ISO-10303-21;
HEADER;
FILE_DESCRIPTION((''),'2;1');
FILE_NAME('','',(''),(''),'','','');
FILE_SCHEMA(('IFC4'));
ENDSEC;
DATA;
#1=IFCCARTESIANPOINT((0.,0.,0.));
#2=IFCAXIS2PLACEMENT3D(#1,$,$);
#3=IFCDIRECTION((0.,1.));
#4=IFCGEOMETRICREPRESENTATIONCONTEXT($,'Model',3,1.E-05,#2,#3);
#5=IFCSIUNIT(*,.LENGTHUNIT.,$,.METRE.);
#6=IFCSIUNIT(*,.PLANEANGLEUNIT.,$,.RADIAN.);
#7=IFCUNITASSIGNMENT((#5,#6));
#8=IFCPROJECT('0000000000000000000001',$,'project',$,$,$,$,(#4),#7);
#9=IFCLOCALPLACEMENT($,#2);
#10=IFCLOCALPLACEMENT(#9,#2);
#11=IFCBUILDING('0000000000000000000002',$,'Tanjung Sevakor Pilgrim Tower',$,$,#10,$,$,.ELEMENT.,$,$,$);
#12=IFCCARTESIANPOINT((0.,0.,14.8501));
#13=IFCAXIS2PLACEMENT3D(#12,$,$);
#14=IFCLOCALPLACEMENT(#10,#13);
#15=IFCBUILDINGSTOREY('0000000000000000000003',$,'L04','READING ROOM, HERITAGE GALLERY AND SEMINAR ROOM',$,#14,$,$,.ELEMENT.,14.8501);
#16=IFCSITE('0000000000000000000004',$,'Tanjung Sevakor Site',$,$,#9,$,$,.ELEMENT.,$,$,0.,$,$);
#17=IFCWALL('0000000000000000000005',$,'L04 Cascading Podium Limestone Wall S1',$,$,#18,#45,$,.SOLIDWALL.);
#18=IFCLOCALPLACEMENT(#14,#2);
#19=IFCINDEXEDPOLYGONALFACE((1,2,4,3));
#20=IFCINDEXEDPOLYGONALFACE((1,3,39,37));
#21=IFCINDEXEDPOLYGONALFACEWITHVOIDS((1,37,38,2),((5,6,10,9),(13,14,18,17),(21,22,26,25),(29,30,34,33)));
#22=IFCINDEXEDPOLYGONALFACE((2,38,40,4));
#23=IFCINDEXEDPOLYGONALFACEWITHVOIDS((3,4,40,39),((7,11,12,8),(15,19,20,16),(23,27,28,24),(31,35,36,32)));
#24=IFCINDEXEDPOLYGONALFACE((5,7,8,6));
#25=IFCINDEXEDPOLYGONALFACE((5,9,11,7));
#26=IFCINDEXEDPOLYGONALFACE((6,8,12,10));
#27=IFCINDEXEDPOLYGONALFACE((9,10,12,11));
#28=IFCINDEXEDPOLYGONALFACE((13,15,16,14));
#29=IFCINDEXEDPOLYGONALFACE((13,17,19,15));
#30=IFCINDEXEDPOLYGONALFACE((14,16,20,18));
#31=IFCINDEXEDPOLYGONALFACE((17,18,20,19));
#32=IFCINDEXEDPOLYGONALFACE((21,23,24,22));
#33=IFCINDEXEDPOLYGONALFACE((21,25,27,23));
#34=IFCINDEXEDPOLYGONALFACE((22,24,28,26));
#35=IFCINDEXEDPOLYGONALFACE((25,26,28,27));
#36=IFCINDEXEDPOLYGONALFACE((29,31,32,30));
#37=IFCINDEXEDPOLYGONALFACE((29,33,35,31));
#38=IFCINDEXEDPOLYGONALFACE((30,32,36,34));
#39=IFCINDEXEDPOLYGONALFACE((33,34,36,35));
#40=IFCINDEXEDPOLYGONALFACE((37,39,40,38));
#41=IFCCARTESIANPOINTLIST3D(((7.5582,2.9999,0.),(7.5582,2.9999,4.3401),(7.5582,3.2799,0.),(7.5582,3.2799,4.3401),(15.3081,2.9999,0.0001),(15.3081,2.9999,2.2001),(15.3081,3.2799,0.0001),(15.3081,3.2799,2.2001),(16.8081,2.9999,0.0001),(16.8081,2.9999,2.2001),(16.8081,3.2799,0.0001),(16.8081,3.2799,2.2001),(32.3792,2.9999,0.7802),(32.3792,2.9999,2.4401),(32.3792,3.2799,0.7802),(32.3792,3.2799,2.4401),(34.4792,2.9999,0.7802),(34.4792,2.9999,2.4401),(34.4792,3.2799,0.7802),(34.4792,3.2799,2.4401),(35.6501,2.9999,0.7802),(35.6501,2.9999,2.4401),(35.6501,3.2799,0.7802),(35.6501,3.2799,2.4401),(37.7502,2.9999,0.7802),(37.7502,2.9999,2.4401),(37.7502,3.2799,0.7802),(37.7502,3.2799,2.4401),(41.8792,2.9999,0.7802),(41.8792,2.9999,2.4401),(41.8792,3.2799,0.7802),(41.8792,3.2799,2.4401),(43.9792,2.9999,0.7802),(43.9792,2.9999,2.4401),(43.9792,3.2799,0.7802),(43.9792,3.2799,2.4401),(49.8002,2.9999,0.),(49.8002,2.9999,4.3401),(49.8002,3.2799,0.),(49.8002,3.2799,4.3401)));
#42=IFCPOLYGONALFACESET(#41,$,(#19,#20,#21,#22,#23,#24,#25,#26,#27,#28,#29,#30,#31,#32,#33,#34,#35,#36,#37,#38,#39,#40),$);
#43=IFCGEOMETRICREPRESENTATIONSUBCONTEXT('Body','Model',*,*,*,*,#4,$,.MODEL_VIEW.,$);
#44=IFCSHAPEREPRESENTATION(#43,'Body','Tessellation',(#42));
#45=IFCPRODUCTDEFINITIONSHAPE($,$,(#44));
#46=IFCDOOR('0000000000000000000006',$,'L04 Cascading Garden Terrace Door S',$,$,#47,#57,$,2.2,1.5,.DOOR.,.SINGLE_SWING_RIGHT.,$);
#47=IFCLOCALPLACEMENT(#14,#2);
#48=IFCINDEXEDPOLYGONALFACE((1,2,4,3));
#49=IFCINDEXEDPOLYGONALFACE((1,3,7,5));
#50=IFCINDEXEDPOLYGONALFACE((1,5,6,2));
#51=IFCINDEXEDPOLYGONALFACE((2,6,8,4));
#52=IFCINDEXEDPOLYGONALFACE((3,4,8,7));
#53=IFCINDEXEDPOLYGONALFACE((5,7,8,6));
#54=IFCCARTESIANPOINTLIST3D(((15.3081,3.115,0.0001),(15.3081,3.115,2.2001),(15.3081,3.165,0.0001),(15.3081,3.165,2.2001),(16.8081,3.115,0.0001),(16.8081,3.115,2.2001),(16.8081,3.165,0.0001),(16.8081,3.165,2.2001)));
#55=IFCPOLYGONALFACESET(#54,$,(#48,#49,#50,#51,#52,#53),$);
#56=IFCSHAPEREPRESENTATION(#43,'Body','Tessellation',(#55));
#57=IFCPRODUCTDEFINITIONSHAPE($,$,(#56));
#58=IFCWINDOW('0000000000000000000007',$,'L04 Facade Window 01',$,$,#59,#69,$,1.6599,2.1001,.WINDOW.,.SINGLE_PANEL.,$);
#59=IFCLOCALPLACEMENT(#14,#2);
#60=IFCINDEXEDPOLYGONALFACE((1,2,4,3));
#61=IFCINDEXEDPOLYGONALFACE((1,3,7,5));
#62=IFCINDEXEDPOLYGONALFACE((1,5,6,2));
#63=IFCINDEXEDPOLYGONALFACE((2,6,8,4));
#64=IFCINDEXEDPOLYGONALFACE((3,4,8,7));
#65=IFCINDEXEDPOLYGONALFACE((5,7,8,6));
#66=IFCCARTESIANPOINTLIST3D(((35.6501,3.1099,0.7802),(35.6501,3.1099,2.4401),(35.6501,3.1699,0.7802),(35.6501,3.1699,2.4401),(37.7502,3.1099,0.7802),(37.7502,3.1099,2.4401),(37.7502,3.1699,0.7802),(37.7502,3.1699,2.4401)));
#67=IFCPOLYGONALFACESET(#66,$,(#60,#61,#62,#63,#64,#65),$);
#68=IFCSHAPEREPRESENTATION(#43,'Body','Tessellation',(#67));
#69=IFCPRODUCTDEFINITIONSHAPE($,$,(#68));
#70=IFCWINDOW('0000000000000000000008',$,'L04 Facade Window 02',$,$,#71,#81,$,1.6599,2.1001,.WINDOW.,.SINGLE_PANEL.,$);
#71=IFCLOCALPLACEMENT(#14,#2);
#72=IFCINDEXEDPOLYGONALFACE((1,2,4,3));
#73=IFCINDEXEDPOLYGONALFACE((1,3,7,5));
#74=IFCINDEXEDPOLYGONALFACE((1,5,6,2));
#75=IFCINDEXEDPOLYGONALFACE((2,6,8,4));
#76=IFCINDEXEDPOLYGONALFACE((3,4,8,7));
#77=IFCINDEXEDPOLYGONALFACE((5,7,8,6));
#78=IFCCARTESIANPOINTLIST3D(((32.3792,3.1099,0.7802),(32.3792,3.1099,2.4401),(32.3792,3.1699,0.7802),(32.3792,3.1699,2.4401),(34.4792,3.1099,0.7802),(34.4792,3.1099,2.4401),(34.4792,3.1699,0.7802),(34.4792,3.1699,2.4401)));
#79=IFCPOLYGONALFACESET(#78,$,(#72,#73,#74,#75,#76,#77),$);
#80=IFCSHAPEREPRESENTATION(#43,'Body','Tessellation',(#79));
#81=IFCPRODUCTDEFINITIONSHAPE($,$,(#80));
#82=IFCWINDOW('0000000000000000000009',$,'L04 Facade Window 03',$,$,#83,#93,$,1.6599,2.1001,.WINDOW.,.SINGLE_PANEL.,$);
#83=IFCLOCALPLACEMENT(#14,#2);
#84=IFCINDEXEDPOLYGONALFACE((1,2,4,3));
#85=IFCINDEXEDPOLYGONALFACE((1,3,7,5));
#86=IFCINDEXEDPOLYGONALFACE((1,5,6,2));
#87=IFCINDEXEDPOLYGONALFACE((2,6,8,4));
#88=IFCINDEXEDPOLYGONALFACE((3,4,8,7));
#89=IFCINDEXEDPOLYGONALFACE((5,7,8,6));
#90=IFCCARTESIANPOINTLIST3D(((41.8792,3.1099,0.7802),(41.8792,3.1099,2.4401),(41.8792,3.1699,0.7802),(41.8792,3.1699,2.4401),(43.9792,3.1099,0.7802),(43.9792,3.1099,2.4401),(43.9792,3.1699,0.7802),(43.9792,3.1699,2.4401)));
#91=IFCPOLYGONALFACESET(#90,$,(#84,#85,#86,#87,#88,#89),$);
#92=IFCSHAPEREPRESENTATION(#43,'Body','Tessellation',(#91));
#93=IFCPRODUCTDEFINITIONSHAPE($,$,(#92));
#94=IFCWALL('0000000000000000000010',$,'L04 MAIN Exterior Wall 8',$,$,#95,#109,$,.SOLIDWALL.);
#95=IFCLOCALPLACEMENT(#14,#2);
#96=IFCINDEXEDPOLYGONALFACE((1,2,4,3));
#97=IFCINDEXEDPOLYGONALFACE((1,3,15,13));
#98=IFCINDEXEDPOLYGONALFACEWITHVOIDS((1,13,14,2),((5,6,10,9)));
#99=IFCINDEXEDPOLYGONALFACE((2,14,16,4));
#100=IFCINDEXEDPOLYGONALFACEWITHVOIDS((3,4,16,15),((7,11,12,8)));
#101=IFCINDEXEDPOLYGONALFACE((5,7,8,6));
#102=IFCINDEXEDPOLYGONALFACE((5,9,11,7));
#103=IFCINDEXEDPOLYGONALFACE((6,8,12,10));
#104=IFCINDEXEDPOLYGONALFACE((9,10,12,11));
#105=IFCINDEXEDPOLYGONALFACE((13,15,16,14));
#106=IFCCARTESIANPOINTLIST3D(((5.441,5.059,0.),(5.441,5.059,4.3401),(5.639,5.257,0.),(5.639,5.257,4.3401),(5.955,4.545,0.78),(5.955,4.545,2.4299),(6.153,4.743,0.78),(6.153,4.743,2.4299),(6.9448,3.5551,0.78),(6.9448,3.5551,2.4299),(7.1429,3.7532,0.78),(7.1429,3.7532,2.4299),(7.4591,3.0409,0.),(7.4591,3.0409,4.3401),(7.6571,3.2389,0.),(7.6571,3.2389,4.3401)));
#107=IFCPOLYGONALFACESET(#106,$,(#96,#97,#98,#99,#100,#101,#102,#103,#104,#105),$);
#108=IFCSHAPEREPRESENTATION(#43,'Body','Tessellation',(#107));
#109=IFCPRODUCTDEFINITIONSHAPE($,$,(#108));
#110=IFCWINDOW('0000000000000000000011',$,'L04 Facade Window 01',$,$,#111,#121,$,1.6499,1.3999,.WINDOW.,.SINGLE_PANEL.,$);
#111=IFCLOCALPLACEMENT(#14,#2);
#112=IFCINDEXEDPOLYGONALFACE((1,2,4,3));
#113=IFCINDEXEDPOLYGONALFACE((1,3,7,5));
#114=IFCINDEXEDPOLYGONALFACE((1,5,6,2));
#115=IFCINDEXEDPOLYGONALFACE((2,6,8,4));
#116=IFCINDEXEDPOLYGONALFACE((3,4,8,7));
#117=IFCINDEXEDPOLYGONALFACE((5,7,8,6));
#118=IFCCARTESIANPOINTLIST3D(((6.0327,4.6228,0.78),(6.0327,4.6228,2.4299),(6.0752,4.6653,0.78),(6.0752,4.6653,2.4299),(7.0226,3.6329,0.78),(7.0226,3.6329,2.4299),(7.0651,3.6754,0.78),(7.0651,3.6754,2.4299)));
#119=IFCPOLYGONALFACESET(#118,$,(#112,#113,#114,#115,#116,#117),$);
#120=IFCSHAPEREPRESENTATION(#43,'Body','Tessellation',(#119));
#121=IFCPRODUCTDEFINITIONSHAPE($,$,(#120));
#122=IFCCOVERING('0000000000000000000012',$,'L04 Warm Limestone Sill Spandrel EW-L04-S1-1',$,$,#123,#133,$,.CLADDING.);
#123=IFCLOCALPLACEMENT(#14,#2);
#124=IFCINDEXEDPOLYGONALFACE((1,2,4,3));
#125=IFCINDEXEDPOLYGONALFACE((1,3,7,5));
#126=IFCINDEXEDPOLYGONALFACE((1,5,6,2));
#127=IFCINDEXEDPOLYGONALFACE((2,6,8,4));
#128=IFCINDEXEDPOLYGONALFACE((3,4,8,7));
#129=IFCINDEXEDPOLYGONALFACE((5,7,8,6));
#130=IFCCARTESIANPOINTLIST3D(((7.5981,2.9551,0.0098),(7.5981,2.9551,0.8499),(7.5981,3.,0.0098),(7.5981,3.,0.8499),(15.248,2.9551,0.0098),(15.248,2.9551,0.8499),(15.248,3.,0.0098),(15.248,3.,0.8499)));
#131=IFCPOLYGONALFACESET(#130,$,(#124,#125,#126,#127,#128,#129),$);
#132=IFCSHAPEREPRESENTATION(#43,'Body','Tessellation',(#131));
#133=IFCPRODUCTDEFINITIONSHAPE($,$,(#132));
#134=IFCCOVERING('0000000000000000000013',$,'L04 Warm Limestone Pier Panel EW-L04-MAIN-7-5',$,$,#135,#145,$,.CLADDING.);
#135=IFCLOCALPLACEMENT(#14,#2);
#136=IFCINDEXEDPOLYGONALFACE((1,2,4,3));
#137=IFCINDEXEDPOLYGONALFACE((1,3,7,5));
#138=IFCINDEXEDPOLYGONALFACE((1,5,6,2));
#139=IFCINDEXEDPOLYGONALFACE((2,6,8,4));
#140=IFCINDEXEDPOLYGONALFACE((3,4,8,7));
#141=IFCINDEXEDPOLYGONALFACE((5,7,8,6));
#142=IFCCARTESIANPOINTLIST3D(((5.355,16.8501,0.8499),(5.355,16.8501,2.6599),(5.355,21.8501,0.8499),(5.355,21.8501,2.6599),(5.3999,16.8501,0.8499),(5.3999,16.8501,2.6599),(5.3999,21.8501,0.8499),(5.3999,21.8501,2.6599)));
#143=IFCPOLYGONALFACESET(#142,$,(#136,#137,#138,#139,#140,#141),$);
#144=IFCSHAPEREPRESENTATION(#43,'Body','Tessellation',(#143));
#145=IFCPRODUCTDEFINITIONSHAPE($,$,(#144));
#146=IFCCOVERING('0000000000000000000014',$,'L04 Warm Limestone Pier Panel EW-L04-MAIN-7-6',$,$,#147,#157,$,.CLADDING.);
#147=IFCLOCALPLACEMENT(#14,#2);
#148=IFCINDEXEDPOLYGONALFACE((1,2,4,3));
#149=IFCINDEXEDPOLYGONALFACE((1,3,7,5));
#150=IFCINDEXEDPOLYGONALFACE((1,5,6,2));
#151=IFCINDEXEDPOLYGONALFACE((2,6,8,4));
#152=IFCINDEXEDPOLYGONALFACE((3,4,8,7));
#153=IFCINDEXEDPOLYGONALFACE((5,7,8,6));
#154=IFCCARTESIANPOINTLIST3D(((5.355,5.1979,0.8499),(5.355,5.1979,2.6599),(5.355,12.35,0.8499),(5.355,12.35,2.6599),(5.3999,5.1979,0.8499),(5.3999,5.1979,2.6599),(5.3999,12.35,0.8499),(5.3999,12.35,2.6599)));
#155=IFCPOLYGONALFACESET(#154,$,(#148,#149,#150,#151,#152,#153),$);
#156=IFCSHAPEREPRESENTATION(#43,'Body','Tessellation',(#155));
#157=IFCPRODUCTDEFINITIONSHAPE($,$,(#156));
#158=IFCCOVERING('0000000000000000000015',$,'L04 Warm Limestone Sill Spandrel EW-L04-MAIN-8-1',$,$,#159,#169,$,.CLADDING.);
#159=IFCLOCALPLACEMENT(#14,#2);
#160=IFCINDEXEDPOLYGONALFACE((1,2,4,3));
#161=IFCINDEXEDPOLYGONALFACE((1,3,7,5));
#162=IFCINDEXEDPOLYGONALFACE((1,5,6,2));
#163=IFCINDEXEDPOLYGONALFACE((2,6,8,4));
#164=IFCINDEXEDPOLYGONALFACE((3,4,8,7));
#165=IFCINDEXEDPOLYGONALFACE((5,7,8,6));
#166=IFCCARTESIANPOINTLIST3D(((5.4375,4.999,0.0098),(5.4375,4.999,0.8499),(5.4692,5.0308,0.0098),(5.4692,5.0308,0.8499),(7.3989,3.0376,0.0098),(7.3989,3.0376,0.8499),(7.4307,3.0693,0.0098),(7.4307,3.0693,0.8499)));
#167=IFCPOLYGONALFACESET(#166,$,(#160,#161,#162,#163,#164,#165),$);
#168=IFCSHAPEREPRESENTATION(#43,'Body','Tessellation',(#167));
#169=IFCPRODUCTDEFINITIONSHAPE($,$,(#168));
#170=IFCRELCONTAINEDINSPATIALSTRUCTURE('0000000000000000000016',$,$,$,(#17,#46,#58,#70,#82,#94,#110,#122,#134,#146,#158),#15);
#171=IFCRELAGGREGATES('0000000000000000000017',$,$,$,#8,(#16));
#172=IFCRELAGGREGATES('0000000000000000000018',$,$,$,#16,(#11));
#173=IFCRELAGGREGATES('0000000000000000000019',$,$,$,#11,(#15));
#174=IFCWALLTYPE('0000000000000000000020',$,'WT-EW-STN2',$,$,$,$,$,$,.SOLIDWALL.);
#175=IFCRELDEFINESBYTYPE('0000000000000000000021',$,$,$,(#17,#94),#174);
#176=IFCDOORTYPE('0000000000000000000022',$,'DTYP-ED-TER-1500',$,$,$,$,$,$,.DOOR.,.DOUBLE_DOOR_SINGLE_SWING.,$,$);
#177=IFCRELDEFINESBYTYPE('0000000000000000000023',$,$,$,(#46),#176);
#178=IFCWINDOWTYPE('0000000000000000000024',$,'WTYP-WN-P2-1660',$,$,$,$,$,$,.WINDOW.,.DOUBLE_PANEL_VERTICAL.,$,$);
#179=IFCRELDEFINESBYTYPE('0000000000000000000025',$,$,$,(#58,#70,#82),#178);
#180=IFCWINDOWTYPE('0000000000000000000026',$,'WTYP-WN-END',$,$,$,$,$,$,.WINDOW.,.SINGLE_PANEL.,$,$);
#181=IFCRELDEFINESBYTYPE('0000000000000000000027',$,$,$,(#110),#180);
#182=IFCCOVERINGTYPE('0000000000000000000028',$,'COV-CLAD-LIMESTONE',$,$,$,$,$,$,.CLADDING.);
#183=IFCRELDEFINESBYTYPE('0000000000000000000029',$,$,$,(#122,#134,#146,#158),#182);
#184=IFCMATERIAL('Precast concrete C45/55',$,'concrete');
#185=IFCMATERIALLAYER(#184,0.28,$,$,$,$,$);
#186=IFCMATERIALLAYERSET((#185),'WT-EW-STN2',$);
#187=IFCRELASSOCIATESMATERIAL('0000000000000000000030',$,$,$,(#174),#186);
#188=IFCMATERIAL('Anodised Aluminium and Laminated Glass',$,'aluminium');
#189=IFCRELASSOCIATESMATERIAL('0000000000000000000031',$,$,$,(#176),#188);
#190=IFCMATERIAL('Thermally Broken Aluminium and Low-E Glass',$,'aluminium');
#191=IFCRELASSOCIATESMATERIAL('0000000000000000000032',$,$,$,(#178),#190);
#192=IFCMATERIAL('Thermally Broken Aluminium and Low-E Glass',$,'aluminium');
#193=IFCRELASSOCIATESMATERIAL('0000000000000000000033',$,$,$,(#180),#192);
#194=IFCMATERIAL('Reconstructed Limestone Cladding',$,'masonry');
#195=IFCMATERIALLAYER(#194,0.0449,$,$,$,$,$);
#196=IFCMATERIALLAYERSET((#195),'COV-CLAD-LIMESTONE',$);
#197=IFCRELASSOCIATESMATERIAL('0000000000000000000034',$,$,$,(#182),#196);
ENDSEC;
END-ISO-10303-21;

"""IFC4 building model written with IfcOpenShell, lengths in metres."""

from ifc_helpers import new_model, si_unit, direction, frame, frame_2d, origin, origin_2d, place, context, subcontext, project, spatial, rectangle, extrude, material, layer, layer_set, type_object, element, fill, save


model = new_model("IFC4")

# Units and contexts
model_context = context("Model", 3, precision=1e-05, world=origin(), true_north=direction((0.0, 1.0)))
body_context = subcontext(model_context, "Body", "Model", "MODEL_VIEW")
ifc_project = project(units=[si_unit("LENGTHUNIT", "METRE"), si_unit("PLANEANGLEUNIT", "RADIAN")], contexts=[model_context])

# Site, building, storey
site_placement = place(None, origin())
site = spatial("IfcSite", under=ifc_project, at=site_placement, Name="Tanjung Sevakor Site", CompositionType="ELEMENT", RefElevation=0.0)
building_placement = place(site_placement, origin())
building = spatial("IfcBuilding", under=site, at=building_placement, Name="Tanjung Sevakor Pilgrim Tower", CompositionType="ELEMENT")
storey_placement = place(building_placement, frame((0.0, 0.0, 14.8501)))
storey = spatial("IfcBuildingStorey", under=building, at=storey_placement, Name="L04", Description="READING ROOM, HERITAGE GALLERY AND SEMINAR ROOM", CompositionType="ELEMENT", Elevation=14.8501)

# Wall, openings, door, windows
ifc_material_1 = material(Name="Precast concrete C45/55", Category="concrete")
ifc_layer_1 = layer(ifc_material_1, 0.28)
ifc_layer_set_1 = layer_set([ifc_layer_1], Name="WT-EW-STN2")
wall_type_1 = type_object("IfcWallType", Name="WT-EW-STN2", PredefinedType="SOLIDWALL", material=ifc_layer_set_1)
wall_1_placement = place(storey_placement, frame((7.5581, 3.1399, 0.0), z_axis=(0.0, 0.0, 1.0), x_axis=(1.0, 0.0, 0.0)))
wall_1 = element("IfcWall", 1, at=wall_1_placement, inside=storey, type_object=wall_type_1, Name="L04 Cascading Podium Limestone Wall S1", PredefinedType="SOLIDWALL", context=body_context, shape_type="SweptSolid", body=[
    extrude(rectangle(XDim=42.2419, YDim=0.28, at=frame_2d((21.1211, 0.0))), origin(), (0.0, 0.0, 1.0), 4.3401),
])
opening_1_placement = place(wall_1_placement, frame((7.75, 0.0, 0.0)))
opening_1 = element("IfcOpeningElement", 2, at=opening_1_placement, cuts=wall_1, PredefinedType="OPENING", context=body_context, shape_type="SweptSolid", body=[
    extrude(rectangle(XDim=1.5, YDim=2.2, at=frame_2d((0.75, 1.1001))), frame((0.0, 0.1499, 0.0), z_axis=(0.0, -1.0, 0.0), x_axis=(1.0, 0.0, 0.0)), (0.0, 0.0, 1.0), 0.3),
])
opening_2_placement = place(wall_1_placement, frame((28.092, 0.0, 0.78)))
opening_2 = element("IfcOpeningElement", 3, at=opening_2_placement, cuts=wall_1, PredefinedType="OPENING", context=body_context, shape_type="SweptSolid", body=[
    extrude(rectangle(XDim=2.1001, YDim=1.6599, at=frame_2d((1.05, 0.8301))), frame((0.0, 0.1499, 0.0), z_axis=(0.0, -1.0, 0.0), x_axis=(1.0, 0.0, 0.0)), (0.0, 0.0, 1.0), 0.3),
])
opening_3_placement = place(wall_1_placement, frame((24.821, 0.0, 0.78)))
opening_3 = element("IfcOpeningElement", 4, at=opening_3_placement, cuts=wall_1, PredefinedType="OPENING", context=body_context, shape_type="SweptSolid", body=[
    extrude(rectangle(XDim=2.1001, YDim=1.6599, at=frame_2d((1.05, 0.8301))), frame((0.0, 0.1499, 0.0), z_axis=(0.0, -1.0, 0.0), x_axis=(1.0, 0.0, 0.0)), (0.0, 0.0, 1.0), 0.3),
])
opening_4_placement = place(wall_1_placement, frame((34.321, 0.0, 0.78)))
opening_4 = element("IfcOpeningElement", 5, at=opening_4_placement, cuts=wall_1, PredefinedType="OPENING", context=body_context, shape_type="SweptSolid", body=[
    extrude(rectangle(XDim=2.1001, YDim=1.6599, at=frame_2d((1.05, 0.8301))), frame((0.0, 0.1499, 0.0), z_axis=(0.0, -1.0, 0.0), x_axis=(1.0, 0.0, 0.0)), (0.0, 0.0, 1.0), 0.3),
])
ifc_material_2 = material(Name="Anodised Aluminium and Laminated Glass", Category="aluminium")
door_type_1 = type_object("IfcDoorType", Name="DTYP-ED-TER-1500", OperationType="DOUBLE_DOOR_SINGLE_SWING", PredefinedType="DOOR", material=ifc_material_2)
door_1_placement = place(opening_1_placement, frame((1.5, 0.0, 0.0), z_axis=(0.0, 0.0, 1.0), x_axis=(-1.0, 0.0, 0.0)))
door_1 = element("IfcDoor", 6, at=door_1_placement, inside=storey, type_object=door_type_1, Name="L04 Cascading Garden Terrace Door S", OperationType="SINGLE_SWING_RIGHT", OverallHeight=2.2, OverallWidth=1.5, PredefinedType="DOOR", context=body_context, shape_type="SweptSolid", body=[
    extrude(rectangle(XDim=1.5, YDim=2.2, at=frame_2d((0.75, 1.1001))), frame((0.0, 0.0249, 0.0), z_axis=(0.0, -1.0, 0.0), x_axis=(1.0, 0.0, 0.0)), (0.0, 0.0, 1.0), 0.05),
])
fill(opening_1, door_1)
ifc_material_3 = material(Name="Thermally Broken Aluminium and Low-E Glass", Category="aluminium")
window_type_1 = type_object("IfcWindowType", Name="WTYP-WN-P2-1660", PartitioningType="DOUBLE_PANEL_VERTICAL", PredefinedType="WINDOW", material=ifc_material_3)
window_1_placement = place(opening_2_placement, origin())
window_1 = element("IfcWindow", 7, at=window_1_placement, inside=storey, type_object=window_type_1, Name="L04 Facade Window 01", OverallHeight=1.6599, OverallWidth=2.1001, PartitioningType="SINGLE_PANEL", PredefinedType="WINDOW", context=body_context, shape_type="SweptSolid", body=[
    extrude(rectangle(XDim=2.1001, YDim=1.6599, at=frame_2d((1.05, 0.8301))), frame((0.0, 0.03, 0.0), z_axis=(0.0, -1.0, 0.0), x_axis=(1.0, 0.0, 0.0)), (0.0, 0.0, 1.0), 0.0601),
])
fill(opening_2, window_1)
window_2_placement = place(opening_3_placement, origin())
window_2 = element("IfcWindow", 8, at=window_2_placement, inside=storey, type_object=window_type_1, Name="L04 Facade Window 02", OverallHeight=1.6599, OverallWidth=2.1001, PartitioningType="SINGLE_PANEL", PredefinedType="WINDOW", context=body_context, shape_type="SweptSolid", body=[
    extrude(rectangle(XDim=2.1001, YDim=1.6599, at=frame_2d((1.05, 0.8301))), frame((0.0, 0.03, 0.0), z_axis=(0.0, -1.0, 0.0), x_axis=(1.0, 0.0, 0.0)), (0.0, 0.0, 1.0), 0.0601),
])
fill(opening_3, window_2)
window_3_placement = place(opening_4_placement, origin())
window_3 = element("IfcWindow", 9, at=window_3_placement, inside=storey, type_object=window_type_1, Name="L04 Facade Window 03", OverallHeight=1.6599, OverallWidth=2.1001, PartitioningType="SINGLE_PANEL", PredefinedType="WINDOW", context=body_context, shape_type="SweptSolid", body=[
    extrude(rectangle(XDim=2.1001, YDim=1.6599, at=frame_2d((1.05, 0.8301))), frame((0.0, 0.03, 0.0), z_axis=(0.0, -1.0, 0.0), x_axis=(1.0, 0.0, 0.0)), (0.0, 0.0, 1.0), 0.0601),
])
fill(opening_4, window_3)

# Wall, opening, window
wall_2_placement = place(storey_placement, frame((5.54, 5.158, 0.0), z_axis=(0.0, 0.0, 1.0), x_axis=(0.707107, -0.707107, 0.0)))
wall_2 = element("IfcWall", 10, at=wall_2_placement, inside=storey, type_object=wall_type_1, Name="L04 MAIN Exterior Wall 8", PredefinedType="SOLIDWALL", context=body_context, shape_type="SweptSolid", body=[
    extrude(rectangle(XDim=2.854, YDim=0.28, at=frame_2d((1.427, 0.0))), origin(), (0.0, 0.0, 1.0), 4.3401),
])
opening_5_placement = place(wall_2_placement, frame((0.7268, 0.0, 0.78)))
opening_5 = element("IfcOpeningElement", 11, at=opening_5_placement, cuts=wall_2, PredefinedType="OPENING", context=body_context, shape_type="SweptSolid", body=[
    extrude(rectangle(XDim=1.3999, YDim=1.6499, at=frame_2d((0.7, 0.825))), frame((0.0, 0.1499, 0.0), z_axis=(0.0, -1.0, 0.0), x_axis=(1.0, 0.0, 0.0)), (0.0, 0.0, 1.0), 0.3),
])
ifc_material_4 = material(Name="Thermally Broken Aluminium and Low-E Glass", Category="aluminium")
window_type_2 = type_object("IfcWindowType", Name="WTYP-WN-END", PartitioningType="SINGLE_PANEL", PredefinedType="WINDOW", material=ifc_material_4)
window_4_placement = place(opening_5_placement, origin())
window_4 = element("IfcWindow", 12, at=window_4_placement, inside=storey, type_object=window_type_2, Name="L04 Facade Window 01", OverallHeight=1.6499, OverallWidth=1.3999, PartitioningType="SINGLE_PANEL", PredefinedType="WINDOW", context=body_context, shape_type="SweptSolid", body=[
    extrude(rectangle(XDim=1.3999, YDim=1.6499, at=frame_2d((0.7, 0.825))), frame((0.0, 0.03, 0.0), z_axis=(0.0, -1.0, 0.0), x_axis=(1.0, 0.0, 0.0)), (0.0, 0.0, 1.0), 0.0601),
])
fill(opening_5, window_4)

# Coverings
ifc_material_5 = material(Name="Reconstructed Limestone Cladding", Category="masonry")
ifc_layer_2 = layer(ifc_material_5, 0.0449)
ifc_layer_set_2 = layer_set([ifc_layer_2], Name="COV-CLAD-LIMESTONE")
covering_type = type_object("IfcCoveringType", Name="COV-CLAD-LIMESTONE", PredefinedType="CLADDING", material=ifc_layer_set_2)
covering_1_placement = place(storey_placement, frame((11.4231, 2.9775, 0.0098), z_axis=(0.0, 0.0, 1.0), x_axis=(1.0, 0.0, 0.0)))
element("IfcCovering", 13, at=covering_1_placement, inside=storey, type_object=covering_type, Name="L04 Warm Limestone Sill Spandrel EW-L04-S1-1", PredefinedType="CLADDING", context=body_context, shape_type="SweptSolid", body=[
    extrude(rectangle(XDim=7.6499, YDim=0.0449, at=origin_2d()), origin(), (0.0, 0.0, 1.0), 0.8401),
])
covering_2_placement = place(storey_placement, frame((5.3774, 19.3501, 0.8499), z_axis=(0.0, 0.0, 1.0), x_axis=(0.0, -1.0, 0.0)))
element("IfcCovering", 14, at=covering_2_placement, inside=storey, type_object=covering_type, Name="L04 Warm Limestone Pier Panel EW-L04-MAIN-7-5", PredefinedType="CLADDING", context=body_context, shape_type="SweptSolid", body=[
    extrude(rectangle(XDim=5.0, YDim=0.0449, at=origin_2d()), origin(), (0.0, 0.0, 1.0), 1.8101),
])
covering_3_placement = place(storey_placement, frame((5.3774, 8.7739, 0.8499), z_axis=(0.0, 0.0, 1.0), x_axis=(0.0, -1.0, 0.0)))
element("IfcCovering", 15, at=covering_3_placement, inside=storey, type_object=covering_type, Name="L04 Warm Limestone Pier Panel EW-L04-MAIN-7-6", PredefinedType="CLADDING", context=body_context, shape_type="SweptSolid", body=[
    extrude(rectangle(XDim=7.1521, YDim=0.0449, at=origin_2d()), origin(), (0.0, 0.0, 1.0), 1.8101),
])
covering_4_placement = place(storey_placement, frame((6.4341, 4.0342, 0.0098), z_axis=(0.0, 0.0, 1.0), x_axis=(0.707107, -0.707107, 0.0)))
element("IfcCovering", 16, at=covering_4_placement, inside=storey, type_object=covering_type, Name="L04 Warm Limestone Sill Spandrel EW-L04-MAIN-8-1", PredefinedType="CLADDING", context=body_context, shape_type="SweptSolid", body=[
    extrude(rectangle(XDim=2.7739, YDim=0.0449, at=origin_2d()), origin(), (0.0, 0.0, 1.0), 0.8401),
])

save(model, "model.ifc")
